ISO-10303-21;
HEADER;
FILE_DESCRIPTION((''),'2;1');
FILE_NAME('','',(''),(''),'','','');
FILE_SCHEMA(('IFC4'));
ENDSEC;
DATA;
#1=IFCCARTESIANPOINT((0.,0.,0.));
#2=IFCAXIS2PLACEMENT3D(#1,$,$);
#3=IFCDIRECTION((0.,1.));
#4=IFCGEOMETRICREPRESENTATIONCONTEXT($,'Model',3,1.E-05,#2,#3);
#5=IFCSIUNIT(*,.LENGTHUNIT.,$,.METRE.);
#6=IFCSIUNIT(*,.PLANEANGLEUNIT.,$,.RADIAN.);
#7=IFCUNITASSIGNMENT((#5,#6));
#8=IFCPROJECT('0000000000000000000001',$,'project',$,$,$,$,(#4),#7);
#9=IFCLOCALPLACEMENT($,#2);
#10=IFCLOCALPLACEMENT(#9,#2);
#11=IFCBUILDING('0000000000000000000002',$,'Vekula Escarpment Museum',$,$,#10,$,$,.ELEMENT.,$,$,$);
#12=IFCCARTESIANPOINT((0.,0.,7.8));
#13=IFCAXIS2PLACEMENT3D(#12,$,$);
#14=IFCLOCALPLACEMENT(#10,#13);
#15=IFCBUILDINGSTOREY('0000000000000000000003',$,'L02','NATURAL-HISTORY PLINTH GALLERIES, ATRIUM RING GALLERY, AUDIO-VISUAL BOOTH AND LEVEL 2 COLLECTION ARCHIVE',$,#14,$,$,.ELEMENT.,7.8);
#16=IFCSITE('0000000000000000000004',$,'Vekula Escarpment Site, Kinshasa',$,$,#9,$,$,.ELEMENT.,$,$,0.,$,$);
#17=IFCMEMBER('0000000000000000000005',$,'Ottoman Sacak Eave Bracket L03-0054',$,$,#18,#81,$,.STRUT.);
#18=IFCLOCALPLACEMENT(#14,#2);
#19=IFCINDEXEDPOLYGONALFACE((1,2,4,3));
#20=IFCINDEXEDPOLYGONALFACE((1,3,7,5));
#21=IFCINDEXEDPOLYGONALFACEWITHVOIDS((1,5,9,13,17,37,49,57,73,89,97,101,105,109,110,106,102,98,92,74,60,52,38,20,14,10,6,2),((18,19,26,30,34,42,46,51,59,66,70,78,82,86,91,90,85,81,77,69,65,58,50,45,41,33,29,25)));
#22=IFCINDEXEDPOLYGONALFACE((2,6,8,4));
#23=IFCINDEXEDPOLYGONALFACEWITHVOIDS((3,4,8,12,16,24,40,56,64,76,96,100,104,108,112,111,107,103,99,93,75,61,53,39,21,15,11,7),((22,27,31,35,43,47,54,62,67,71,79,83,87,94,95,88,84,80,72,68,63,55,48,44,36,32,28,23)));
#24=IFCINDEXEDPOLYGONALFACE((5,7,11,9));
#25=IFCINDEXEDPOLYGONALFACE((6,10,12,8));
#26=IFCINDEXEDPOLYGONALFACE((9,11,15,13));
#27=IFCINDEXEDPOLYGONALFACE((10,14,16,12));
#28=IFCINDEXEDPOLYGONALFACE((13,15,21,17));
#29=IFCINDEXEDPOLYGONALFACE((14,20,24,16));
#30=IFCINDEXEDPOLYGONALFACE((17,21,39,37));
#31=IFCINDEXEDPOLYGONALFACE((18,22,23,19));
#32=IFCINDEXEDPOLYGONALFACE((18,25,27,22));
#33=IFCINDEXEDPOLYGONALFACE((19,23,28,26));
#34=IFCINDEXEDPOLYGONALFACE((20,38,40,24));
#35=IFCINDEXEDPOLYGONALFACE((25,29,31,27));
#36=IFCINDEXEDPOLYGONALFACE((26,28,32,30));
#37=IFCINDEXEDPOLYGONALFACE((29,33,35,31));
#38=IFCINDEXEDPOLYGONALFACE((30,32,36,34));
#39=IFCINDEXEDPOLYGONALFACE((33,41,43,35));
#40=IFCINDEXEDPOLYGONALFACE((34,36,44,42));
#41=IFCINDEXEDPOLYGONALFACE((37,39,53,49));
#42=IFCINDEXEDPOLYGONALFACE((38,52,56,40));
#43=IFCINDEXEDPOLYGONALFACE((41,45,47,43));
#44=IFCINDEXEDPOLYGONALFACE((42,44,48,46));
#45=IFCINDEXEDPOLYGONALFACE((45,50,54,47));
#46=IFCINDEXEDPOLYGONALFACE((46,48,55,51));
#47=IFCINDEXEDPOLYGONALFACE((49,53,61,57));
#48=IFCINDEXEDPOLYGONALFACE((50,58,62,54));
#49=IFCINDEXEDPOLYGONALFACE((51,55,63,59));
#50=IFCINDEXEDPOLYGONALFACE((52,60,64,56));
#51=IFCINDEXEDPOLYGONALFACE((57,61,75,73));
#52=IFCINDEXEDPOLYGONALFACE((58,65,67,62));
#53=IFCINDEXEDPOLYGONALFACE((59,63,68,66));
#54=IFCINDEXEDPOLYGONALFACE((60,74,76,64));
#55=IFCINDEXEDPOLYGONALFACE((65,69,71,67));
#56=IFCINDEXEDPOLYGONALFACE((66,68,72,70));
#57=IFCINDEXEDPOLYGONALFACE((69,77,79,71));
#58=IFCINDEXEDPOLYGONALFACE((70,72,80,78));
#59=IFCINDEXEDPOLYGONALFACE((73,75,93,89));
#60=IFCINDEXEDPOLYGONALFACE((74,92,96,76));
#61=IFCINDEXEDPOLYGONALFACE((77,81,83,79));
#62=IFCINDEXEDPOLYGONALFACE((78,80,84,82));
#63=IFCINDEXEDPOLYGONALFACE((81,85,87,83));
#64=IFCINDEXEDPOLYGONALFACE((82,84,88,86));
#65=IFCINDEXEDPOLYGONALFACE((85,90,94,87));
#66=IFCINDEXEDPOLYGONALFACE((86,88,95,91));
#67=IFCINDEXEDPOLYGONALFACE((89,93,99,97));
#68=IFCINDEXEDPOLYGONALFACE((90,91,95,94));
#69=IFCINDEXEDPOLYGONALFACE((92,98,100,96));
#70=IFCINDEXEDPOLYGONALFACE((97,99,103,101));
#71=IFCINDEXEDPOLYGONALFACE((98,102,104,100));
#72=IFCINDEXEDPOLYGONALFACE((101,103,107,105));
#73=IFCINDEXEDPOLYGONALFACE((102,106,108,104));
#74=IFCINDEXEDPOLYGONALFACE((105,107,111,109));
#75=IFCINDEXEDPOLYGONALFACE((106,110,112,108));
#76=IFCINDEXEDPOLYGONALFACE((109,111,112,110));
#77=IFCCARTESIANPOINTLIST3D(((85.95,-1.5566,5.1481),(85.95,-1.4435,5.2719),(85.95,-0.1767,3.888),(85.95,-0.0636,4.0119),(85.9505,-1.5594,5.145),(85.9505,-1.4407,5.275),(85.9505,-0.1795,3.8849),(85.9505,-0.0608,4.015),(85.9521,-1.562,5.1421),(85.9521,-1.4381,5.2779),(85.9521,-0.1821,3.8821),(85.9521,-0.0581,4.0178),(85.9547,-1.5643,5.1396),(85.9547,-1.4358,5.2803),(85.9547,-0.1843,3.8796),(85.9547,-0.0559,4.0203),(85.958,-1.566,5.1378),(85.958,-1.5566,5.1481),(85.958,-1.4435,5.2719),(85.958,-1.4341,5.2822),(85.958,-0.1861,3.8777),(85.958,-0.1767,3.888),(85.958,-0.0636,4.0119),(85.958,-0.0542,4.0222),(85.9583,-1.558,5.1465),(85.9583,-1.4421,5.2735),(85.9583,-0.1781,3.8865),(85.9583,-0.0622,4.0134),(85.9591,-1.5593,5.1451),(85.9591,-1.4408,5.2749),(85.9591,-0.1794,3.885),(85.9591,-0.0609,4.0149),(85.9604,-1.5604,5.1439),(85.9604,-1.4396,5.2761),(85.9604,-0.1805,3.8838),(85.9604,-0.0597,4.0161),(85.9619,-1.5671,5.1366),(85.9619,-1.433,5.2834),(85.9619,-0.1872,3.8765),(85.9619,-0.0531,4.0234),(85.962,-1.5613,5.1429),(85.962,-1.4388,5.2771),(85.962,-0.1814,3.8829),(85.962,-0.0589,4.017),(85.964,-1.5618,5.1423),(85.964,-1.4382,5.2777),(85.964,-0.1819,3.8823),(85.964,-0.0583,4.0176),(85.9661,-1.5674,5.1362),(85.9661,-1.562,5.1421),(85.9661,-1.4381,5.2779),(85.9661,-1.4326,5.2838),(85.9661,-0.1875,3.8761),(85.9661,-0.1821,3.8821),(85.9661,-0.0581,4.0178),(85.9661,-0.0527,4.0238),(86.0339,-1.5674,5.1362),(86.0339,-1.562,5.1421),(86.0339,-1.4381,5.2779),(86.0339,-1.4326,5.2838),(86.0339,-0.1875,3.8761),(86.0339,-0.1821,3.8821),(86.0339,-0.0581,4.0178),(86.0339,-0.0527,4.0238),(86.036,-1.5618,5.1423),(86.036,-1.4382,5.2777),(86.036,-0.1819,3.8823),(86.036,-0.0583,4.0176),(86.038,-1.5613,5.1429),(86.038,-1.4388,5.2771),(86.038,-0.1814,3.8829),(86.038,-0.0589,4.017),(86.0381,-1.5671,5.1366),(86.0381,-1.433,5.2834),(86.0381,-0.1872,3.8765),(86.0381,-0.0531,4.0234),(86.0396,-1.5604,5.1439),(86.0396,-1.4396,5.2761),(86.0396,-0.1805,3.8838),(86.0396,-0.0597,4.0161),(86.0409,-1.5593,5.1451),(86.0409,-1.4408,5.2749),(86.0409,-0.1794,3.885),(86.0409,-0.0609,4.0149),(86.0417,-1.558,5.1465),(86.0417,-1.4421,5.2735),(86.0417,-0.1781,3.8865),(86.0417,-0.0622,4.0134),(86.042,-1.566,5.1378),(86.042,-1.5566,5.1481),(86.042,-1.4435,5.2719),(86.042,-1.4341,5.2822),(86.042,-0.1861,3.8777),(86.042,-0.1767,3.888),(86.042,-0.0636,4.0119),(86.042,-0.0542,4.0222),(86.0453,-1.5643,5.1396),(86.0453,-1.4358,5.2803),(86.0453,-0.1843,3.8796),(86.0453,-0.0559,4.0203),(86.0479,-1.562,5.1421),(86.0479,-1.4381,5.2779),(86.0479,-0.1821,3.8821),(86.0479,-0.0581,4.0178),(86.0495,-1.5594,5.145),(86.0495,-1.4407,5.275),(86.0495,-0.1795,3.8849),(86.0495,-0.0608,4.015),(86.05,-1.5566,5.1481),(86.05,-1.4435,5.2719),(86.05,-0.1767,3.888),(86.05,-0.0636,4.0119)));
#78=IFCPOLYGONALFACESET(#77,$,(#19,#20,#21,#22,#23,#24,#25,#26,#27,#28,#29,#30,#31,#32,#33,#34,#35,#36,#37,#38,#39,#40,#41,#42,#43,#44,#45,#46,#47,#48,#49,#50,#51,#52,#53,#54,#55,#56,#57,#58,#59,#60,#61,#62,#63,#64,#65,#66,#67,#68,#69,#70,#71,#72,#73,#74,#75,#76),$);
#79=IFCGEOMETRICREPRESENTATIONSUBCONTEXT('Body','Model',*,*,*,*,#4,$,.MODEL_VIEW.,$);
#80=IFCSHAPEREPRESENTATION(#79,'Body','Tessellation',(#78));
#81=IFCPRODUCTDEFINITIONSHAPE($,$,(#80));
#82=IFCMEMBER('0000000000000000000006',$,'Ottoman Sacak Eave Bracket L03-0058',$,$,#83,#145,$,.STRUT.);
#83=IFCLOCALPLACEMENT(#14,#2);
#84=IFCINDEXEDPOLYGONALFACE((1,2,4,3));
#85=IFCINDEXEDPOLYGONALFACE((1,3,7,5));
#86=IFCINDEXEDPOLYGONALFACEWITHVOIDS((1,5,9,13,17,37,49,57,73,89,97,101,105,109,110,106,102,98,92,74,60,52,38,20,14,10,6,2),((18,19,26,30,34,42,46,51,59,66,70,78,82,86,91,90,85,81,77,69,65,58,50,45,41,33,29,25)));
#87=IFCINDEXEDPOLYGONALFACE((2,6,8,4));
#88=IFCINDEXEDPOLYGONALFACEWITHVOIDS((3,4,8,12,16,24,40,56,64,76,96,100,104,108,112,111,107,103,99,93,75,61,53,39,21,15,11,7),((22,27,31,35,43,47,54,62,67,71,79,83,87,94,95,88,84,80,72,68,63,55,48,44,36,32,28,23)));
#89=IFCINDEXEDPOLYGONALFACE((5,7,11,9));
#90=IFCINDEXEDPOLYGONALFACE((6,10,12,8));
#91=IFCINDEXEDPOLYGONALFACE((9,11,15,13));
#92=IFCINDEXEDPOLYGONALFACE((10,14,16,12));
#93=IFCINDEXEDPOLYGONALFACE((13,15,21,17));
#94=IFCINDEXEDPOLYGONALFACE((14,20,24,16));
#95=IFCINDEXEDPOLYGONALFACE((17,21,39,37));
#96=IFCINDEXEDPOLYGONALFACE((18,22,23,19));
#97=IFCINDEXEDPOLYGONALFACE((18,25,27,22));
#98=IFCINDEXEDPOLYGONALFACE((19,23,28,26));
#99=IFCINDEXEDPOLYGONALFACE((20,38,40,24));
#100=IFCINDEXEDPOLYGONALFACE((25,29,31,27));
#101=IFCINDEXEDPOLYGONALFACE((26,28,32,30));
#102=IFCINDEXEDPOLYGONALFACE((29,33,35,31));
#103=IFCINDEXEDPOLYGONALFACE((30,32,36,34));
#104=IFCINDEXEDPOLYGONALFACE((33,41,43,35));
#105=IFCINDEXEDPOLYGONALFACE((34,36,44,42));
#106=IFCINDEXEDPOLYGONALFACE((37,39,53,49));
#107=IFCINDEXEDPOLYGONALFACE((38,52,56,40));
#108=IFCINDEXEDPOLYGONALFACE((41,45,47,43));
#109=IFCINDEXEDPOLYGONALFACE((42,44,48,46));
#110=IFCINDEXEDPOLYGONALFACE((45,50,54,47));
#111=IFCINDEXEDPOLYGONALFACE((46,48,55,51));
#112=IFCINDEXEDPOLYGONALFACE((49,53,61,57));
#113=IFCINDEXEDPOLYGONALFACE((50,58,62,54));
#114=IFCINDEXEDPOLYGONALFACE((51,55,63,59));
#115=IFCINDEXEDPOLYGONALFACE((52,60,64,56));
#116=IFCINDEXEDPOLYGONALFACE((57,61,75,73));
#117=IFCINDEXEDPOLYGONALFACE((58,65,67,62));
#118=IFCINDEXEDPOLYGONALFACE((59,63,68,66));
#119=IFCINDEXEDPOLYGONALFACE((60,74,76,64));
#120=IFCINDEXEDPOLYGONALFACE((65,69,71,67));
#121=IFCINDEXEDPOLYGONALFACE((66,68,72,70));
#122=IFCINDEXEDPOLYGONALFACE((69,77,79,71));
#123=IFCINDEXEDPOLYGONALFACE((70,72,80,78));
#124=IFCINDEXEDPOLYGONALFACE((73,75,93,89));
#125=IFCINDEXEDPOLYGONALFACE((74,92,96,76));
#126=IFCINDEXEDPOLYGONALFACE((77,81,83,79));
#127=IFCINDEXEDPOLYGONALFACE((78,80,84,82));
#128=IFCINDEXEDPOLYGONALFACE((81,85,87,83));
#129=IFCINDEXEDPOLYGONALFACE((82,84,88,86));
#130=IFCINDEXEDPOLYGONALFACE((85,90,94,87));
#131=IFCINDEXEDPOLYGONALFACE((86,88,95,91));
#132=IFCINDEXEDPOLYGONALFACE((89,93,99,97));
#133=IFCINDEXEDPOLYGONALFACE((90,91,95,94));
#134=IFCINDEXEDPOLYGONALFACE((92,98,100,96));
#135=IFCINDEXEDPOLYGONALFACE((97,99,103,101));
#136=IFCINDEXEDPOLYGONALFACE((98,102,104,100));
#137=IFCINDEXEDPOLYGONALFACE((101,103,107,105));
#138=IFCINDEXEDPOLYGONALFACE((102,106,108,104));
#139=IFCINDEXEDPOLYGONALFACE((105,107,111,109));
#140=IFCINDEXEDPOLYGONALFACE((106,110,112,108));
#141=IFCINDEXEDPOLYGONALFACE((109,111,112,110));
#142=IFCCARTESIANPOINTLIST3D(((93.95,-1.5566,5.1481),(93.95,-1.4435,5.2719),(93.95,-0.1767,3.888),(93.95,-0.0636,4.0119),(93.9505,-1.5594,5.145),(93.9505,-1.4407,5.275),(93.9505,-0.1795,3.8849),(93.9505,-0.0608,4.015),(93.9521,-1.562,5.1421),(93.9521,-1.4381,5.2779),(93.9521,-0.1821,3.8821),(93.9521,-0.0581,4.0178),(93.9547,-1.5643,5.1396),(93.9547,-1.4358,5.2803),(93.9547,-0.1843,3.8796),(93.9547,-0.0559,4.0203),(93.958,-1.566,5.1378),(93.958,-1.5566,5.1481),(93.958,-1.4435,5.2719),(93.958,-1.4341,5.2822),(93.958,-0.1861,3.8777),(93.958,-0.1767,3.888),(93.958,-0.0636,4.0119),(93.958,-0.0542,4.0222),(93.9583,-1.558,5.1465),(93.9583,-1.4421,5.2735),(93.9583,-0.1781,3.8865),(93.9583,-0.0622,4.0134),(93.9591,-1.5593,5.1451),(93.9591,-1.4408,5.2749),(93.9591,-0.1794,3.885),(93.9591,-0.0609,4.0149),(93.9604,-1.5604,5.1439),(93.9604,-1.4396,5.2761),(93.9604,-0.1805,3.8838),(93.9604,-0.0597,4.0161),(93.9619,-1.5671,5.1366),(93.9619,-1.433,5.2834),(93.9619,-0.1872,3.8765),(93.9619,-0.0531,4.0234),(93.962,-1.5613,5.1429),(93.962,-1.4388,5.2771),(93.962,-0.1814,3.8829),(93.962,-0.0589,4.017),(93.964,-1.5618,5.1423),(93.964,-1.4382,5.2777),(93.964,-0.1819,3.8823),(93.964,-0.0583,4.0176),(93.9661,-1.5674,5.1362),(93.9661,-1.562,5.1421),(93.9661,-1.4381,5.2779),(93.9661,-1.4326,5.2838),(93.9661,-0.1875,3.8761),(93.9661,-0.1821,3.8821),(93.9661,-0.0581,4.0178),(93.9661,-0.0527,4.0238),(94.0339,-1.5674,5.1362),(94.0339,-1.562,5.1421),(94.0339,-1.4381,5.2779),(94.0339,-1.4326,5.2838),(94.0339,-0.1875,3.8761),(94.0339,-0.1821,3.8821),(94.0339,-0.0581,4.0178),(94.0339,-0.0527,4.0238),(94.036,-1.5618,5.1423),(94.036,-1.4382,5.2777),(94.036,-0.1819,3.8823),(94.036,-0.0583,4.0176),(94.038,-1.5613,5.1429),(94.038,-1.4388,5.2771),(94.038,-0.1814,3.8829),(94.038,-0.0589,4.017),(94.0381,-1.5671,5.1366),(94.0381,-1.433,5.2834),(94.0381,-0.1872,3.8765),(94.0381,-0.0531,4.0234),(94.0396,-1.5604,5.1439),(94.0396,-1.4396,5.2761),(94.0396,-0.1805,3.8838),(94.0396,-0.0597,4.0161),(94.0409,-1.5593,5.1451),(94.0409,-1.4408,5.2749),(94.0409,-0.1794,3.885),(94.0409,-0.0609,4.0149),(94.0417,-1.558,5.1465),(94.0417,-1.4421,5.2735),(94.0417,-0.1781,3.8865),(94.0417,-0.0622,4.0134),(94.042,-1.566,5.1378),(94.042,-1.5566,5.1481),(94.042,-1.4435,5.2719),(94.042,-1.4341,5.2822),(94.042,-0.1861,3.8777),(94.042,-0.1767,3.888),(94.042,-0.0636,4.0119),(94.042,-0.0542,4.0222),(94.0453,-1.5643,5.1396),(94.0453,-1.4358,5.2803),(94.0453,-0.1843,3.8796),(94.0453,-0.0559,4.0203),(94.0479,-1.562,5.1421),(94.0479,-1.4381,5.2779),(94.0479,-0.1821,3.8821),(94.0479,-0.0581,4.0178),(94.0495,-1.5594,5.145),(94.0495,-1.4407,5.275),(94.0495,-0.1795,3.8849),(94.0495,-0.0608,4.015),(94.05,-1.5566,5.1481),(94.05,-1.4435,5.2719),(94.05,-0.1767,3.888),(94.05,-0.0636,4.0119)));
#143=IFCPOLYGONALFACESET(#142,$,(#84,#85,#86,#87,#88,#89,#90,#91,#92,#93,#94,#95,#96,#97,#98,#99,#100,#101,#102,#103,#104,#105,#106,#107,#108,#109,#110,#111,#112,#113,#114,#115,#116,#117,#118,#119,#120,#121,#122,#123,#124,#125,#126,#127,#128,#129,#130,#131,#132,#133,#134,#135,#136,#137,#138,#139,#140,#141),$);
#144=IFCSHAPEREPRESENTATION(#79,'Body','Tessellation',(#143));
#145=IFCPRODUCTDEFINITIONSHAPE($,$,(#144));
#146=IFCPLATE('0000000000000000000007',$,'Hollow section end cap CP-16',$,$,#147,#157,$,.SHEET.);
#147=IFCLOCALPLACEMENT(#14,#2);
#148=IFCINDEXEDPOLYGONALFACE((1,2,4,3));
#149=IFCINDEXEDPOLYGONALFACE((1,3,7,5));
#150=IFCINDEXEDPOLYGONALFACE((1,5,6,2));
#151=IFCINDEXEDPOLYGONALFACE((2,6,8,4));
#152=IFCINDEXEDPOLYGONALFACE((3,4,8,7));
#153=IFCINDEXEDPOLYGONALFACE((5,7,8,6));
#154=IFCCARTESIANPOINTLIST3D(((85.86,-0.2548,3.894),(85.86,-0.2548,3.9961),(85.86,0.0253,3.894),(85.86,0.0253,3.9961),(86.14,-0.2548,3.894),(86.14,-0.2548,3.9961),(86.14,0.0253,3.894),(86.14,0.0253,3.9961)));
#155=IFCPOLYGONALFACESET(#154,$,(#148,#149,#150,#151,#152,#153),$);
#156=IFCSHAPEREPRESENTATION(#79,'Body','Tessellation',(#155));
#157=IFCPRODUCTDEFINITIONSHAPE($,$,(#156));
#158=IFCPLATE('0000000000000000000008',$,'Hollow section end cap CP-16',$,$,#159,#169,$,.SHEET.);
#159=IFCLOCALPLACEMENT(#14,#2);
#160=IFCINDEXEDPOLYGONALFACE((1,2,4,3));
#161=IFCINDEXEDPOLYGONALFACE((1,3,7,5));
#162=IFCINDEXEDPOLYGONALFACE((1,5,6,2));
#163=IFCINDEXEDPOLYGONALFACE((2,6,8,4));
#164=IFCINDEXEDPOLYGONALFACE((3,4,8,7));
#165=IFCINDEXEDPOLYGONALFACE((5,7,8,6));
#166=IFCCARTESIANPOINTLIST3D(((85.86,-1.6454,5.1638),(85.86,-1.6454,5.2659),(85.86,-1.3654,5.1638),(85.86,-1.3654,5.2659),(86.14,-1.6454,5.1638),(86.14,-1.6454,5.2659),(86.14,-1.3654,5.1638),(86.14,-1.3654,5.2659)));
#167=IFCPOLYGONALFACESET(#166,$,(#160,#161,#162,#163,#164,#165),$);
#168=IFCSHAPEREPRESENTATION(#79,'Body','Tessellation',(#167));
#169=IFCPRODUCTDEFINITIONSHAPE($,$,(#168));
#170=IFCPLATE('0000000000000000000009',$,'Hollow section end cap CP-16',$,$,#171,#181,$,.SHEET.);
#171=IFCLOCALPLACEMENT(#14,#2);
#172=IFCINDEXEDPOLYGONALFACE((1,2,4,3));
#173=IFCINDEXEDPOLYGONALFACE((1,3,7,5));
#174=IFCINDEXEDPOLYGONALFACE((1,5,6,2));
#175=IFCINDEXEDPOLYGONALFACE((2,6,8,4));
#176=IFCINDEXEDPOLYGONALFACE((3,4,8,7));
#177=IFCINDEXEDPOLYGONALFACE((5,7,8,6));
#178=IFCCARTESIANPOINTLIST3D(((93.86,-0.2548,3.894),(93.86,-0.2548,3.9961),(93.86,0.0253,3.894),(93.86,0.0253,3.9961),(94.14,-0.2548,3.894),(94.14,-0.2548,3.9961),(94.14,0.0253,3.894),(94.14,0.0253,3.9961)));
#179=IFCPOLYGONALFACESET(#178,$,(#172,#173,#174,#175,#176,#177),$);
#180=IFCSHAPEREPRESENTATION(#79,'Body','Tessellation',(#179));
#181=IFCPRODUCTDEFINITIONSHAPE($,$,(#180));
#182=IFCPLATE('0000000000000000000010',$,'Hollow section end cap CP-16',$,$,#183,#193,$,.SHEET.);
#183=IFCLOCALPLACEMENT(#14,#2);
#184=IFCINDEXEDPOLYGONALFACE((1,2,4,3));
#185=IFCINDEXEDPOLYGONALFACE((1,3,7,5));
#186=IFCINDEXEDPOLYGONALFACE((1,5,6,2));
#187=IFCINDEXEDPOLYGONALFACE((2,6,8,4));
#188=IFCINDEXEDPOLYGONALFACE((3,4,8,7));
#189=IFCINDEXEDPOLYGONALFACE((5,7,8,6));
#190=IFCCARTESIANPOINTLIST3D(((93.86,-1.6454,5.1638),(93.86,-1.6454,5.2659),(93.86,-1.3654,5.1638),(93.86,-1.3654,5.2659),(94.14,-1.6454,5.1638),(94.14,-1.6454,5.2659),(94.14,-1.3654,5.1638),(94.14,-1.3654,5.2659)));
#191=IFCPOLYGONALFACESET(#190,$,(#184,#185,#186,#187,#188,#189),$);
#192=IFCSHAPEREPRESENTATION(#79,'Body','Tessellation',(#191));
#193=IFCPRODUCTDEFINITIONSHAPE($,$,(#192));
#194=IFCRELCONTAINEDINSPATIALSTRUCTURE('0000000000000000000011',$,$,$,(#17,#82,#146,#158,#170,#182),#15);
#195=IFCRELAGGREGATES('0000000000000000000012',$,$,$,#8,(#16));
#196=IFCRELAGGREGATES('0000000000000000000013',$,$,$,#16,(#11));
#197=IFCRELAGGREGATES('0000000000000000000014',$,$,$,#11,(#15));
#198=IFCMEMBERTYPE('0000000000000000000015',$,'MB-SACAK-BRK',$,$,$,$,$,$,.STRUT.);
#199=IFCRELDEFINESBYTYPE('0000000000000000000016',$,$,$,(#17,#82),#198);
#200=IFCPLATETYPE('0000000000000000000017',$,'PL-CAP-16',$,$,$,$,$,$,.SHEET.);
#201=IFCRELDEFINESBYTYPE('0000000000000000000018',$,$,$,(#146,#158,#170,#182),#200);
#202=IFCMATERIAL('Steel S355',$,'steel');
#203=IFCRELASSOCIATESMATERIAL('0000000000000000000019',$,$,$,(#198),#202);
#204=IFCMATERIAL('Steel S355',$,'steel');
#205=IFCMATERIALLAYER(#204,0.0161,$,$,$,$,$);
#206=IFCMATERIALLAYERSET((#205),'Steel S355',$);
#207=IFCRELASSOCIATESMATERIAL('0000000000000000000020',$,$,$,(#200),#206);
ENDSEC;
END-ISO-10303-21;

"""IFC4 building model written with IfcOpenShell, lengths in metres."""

from ifc_helpers import new_model, si_unit, direction, frame, origin, origin_2d, place, context, subcontext, project, spatial, rectangle, hollow_rectangle, extrude, material, layer, layer_set, material_profile, profile_set, type_object, element, save


model = new_model("IFC4")

# Units and contexts
model_context = context("Model", 3, precision=1e-05, world=origin(), true_north=direction((0.0, 1.0)))
body_context = subcontext(model_context, "Body", "Model", "MODEL_VIEW")
ifc_project = project(units=[si_unit("LENGTHUNIT", "METRE"), si_unit("PLANEANGLEUNIT", "RADIAN")], contexts=[model_context])

# Site, building, storey
site_placement = place(None, origin())
site = spatial("IfcSite", under=ifc_project, at=site_placement, Name="Vekula Escarpment Site, Kinshasa", CompositionType="ELEMENT", RefElevation=0.0)
building_placement = place(site_placement, origin())
building = spatial("IfcBuilding", under=site, at=building_placement, Name="Vekula Escarpment Museum", CompositionType="ELEMENT")
storey_placement = place(building_placement, frame((0.0, 0.0, 7.8)))
storey = spatial("IfcBuildingStorey", under=building, at=storey_placement, Name="L02", Description="NATURAL-HISTORY PLINTH GALLERIES, ATRIUM RING GALLERY, AUDIO-VISUAL BOOTH AND LEVEL 2 COLLECTION ARCHIVE", CompositionType="ELEMENT", Elevation=7.8)

# Members
ifc_material_1 = material(Name="Steel S355", Category="steel")
ifc_material_profile_1 = material_profile(ifc_material_1, hollow_rectangle(XDim=0.1001, YDim=0.2, WallThickness=0.0081, InnerFilletRadius=0.0081, OuterFilletRadius=0.0161, at=origin_2d()), Name="RHS 200x100x8")
ifc_profile_set_1 = profile_set([ifc_material_profile_1], Name="Steel S355")
member_type = type_object("IfcMemberType", Name="MB-SACAK-BRK", PredefinedType="STRUT", material=ifc_profile_set_1)
for number, where, z_axis, x_axis, name in (
    (1, (86.0, -0.1201, 3.95), (0.0, -0.738454, 0.674303), (1.0, 0.0, 0.0), "Ottoman Sacak Eave Bracket L03-0054"),
    (2, (94.0, -0.1201, 3.95), (0.0, -0.738454, 0.674303), (1.0, 0.0, 0.0), "Ottoman Sacak Eave Bracket L03-0058"),
):
    element("IfcMember", number, at=place(storey_placement, frame(where, z_axis=z_axis, x_axis=x_axis)), inside=storey, type_object=member_type, Name=name, PredefinedType="STRUT", context=body_context, shape_type="SweptSolid", body=[
        extrude(hollow_rectangle(XDim=0.1001, YDim=0.2, WallThickness=0.0081, InnerFilletRadius=0.0081, OuterFilletRadius=0.0161, at=origin_2d()), origin(), (0.0, 0.0, 1.0), 1.8687),
    ])

# Plates
ifc_material_2 = material(Name="Steel S355", Category="steel")
ifc_layer_1 = layer(ifc_material_2, 0.0161)
ifc_layer_set_1 = layer_set([ifc_layer_1], Name="Steel S355")
plate_type = type_object("IfcPlateType", Name="PL-CAP-16", PredefinedType="SHEET", material=ifc_layer_set_1)
for number, where, z_axis, x_axis, name in (
    (3, (86.0, -0.1147, 3.894), (0.0, 0.0, 1.0), (1.0, 0.0, 0.0), "Hollow section end cap CP-16"),
    (4, (86.0, -1.5054, 5.1638), (0.0, 0.0, 1.0), (1.0, 0.0, 0.0), "Hollow section end cap CP-16"),
    (5, (94.0, -0.1147, 3.894), (0.0, 0.0, 1.0), (1.0, 0.0, 0.0), "Hollow section end cap CP-16"),
    (6, (94.0, -1.5054, 5.1638), (0.0, 0.0, 1.0), (1.0, 0.0, 0.0), "Hollow section end cap CP-16"),
):
    element("IfcPlate", number, at=place(storey_placement, frame(where, z_axis=z_axis, x_axis=x_axis)), inside=storey, type_object=plate_type, Name=name, PredefinedType="SHEET", context=body_context, shape_type="SweptSolid", body=[
        extrude(rectangle(XDim=0.28, YDim=0.28, at=origin_2d()), origin(), (0.0, 0.0, 1.0), 0.1021),
    ])

save(model, "model.ifc")
